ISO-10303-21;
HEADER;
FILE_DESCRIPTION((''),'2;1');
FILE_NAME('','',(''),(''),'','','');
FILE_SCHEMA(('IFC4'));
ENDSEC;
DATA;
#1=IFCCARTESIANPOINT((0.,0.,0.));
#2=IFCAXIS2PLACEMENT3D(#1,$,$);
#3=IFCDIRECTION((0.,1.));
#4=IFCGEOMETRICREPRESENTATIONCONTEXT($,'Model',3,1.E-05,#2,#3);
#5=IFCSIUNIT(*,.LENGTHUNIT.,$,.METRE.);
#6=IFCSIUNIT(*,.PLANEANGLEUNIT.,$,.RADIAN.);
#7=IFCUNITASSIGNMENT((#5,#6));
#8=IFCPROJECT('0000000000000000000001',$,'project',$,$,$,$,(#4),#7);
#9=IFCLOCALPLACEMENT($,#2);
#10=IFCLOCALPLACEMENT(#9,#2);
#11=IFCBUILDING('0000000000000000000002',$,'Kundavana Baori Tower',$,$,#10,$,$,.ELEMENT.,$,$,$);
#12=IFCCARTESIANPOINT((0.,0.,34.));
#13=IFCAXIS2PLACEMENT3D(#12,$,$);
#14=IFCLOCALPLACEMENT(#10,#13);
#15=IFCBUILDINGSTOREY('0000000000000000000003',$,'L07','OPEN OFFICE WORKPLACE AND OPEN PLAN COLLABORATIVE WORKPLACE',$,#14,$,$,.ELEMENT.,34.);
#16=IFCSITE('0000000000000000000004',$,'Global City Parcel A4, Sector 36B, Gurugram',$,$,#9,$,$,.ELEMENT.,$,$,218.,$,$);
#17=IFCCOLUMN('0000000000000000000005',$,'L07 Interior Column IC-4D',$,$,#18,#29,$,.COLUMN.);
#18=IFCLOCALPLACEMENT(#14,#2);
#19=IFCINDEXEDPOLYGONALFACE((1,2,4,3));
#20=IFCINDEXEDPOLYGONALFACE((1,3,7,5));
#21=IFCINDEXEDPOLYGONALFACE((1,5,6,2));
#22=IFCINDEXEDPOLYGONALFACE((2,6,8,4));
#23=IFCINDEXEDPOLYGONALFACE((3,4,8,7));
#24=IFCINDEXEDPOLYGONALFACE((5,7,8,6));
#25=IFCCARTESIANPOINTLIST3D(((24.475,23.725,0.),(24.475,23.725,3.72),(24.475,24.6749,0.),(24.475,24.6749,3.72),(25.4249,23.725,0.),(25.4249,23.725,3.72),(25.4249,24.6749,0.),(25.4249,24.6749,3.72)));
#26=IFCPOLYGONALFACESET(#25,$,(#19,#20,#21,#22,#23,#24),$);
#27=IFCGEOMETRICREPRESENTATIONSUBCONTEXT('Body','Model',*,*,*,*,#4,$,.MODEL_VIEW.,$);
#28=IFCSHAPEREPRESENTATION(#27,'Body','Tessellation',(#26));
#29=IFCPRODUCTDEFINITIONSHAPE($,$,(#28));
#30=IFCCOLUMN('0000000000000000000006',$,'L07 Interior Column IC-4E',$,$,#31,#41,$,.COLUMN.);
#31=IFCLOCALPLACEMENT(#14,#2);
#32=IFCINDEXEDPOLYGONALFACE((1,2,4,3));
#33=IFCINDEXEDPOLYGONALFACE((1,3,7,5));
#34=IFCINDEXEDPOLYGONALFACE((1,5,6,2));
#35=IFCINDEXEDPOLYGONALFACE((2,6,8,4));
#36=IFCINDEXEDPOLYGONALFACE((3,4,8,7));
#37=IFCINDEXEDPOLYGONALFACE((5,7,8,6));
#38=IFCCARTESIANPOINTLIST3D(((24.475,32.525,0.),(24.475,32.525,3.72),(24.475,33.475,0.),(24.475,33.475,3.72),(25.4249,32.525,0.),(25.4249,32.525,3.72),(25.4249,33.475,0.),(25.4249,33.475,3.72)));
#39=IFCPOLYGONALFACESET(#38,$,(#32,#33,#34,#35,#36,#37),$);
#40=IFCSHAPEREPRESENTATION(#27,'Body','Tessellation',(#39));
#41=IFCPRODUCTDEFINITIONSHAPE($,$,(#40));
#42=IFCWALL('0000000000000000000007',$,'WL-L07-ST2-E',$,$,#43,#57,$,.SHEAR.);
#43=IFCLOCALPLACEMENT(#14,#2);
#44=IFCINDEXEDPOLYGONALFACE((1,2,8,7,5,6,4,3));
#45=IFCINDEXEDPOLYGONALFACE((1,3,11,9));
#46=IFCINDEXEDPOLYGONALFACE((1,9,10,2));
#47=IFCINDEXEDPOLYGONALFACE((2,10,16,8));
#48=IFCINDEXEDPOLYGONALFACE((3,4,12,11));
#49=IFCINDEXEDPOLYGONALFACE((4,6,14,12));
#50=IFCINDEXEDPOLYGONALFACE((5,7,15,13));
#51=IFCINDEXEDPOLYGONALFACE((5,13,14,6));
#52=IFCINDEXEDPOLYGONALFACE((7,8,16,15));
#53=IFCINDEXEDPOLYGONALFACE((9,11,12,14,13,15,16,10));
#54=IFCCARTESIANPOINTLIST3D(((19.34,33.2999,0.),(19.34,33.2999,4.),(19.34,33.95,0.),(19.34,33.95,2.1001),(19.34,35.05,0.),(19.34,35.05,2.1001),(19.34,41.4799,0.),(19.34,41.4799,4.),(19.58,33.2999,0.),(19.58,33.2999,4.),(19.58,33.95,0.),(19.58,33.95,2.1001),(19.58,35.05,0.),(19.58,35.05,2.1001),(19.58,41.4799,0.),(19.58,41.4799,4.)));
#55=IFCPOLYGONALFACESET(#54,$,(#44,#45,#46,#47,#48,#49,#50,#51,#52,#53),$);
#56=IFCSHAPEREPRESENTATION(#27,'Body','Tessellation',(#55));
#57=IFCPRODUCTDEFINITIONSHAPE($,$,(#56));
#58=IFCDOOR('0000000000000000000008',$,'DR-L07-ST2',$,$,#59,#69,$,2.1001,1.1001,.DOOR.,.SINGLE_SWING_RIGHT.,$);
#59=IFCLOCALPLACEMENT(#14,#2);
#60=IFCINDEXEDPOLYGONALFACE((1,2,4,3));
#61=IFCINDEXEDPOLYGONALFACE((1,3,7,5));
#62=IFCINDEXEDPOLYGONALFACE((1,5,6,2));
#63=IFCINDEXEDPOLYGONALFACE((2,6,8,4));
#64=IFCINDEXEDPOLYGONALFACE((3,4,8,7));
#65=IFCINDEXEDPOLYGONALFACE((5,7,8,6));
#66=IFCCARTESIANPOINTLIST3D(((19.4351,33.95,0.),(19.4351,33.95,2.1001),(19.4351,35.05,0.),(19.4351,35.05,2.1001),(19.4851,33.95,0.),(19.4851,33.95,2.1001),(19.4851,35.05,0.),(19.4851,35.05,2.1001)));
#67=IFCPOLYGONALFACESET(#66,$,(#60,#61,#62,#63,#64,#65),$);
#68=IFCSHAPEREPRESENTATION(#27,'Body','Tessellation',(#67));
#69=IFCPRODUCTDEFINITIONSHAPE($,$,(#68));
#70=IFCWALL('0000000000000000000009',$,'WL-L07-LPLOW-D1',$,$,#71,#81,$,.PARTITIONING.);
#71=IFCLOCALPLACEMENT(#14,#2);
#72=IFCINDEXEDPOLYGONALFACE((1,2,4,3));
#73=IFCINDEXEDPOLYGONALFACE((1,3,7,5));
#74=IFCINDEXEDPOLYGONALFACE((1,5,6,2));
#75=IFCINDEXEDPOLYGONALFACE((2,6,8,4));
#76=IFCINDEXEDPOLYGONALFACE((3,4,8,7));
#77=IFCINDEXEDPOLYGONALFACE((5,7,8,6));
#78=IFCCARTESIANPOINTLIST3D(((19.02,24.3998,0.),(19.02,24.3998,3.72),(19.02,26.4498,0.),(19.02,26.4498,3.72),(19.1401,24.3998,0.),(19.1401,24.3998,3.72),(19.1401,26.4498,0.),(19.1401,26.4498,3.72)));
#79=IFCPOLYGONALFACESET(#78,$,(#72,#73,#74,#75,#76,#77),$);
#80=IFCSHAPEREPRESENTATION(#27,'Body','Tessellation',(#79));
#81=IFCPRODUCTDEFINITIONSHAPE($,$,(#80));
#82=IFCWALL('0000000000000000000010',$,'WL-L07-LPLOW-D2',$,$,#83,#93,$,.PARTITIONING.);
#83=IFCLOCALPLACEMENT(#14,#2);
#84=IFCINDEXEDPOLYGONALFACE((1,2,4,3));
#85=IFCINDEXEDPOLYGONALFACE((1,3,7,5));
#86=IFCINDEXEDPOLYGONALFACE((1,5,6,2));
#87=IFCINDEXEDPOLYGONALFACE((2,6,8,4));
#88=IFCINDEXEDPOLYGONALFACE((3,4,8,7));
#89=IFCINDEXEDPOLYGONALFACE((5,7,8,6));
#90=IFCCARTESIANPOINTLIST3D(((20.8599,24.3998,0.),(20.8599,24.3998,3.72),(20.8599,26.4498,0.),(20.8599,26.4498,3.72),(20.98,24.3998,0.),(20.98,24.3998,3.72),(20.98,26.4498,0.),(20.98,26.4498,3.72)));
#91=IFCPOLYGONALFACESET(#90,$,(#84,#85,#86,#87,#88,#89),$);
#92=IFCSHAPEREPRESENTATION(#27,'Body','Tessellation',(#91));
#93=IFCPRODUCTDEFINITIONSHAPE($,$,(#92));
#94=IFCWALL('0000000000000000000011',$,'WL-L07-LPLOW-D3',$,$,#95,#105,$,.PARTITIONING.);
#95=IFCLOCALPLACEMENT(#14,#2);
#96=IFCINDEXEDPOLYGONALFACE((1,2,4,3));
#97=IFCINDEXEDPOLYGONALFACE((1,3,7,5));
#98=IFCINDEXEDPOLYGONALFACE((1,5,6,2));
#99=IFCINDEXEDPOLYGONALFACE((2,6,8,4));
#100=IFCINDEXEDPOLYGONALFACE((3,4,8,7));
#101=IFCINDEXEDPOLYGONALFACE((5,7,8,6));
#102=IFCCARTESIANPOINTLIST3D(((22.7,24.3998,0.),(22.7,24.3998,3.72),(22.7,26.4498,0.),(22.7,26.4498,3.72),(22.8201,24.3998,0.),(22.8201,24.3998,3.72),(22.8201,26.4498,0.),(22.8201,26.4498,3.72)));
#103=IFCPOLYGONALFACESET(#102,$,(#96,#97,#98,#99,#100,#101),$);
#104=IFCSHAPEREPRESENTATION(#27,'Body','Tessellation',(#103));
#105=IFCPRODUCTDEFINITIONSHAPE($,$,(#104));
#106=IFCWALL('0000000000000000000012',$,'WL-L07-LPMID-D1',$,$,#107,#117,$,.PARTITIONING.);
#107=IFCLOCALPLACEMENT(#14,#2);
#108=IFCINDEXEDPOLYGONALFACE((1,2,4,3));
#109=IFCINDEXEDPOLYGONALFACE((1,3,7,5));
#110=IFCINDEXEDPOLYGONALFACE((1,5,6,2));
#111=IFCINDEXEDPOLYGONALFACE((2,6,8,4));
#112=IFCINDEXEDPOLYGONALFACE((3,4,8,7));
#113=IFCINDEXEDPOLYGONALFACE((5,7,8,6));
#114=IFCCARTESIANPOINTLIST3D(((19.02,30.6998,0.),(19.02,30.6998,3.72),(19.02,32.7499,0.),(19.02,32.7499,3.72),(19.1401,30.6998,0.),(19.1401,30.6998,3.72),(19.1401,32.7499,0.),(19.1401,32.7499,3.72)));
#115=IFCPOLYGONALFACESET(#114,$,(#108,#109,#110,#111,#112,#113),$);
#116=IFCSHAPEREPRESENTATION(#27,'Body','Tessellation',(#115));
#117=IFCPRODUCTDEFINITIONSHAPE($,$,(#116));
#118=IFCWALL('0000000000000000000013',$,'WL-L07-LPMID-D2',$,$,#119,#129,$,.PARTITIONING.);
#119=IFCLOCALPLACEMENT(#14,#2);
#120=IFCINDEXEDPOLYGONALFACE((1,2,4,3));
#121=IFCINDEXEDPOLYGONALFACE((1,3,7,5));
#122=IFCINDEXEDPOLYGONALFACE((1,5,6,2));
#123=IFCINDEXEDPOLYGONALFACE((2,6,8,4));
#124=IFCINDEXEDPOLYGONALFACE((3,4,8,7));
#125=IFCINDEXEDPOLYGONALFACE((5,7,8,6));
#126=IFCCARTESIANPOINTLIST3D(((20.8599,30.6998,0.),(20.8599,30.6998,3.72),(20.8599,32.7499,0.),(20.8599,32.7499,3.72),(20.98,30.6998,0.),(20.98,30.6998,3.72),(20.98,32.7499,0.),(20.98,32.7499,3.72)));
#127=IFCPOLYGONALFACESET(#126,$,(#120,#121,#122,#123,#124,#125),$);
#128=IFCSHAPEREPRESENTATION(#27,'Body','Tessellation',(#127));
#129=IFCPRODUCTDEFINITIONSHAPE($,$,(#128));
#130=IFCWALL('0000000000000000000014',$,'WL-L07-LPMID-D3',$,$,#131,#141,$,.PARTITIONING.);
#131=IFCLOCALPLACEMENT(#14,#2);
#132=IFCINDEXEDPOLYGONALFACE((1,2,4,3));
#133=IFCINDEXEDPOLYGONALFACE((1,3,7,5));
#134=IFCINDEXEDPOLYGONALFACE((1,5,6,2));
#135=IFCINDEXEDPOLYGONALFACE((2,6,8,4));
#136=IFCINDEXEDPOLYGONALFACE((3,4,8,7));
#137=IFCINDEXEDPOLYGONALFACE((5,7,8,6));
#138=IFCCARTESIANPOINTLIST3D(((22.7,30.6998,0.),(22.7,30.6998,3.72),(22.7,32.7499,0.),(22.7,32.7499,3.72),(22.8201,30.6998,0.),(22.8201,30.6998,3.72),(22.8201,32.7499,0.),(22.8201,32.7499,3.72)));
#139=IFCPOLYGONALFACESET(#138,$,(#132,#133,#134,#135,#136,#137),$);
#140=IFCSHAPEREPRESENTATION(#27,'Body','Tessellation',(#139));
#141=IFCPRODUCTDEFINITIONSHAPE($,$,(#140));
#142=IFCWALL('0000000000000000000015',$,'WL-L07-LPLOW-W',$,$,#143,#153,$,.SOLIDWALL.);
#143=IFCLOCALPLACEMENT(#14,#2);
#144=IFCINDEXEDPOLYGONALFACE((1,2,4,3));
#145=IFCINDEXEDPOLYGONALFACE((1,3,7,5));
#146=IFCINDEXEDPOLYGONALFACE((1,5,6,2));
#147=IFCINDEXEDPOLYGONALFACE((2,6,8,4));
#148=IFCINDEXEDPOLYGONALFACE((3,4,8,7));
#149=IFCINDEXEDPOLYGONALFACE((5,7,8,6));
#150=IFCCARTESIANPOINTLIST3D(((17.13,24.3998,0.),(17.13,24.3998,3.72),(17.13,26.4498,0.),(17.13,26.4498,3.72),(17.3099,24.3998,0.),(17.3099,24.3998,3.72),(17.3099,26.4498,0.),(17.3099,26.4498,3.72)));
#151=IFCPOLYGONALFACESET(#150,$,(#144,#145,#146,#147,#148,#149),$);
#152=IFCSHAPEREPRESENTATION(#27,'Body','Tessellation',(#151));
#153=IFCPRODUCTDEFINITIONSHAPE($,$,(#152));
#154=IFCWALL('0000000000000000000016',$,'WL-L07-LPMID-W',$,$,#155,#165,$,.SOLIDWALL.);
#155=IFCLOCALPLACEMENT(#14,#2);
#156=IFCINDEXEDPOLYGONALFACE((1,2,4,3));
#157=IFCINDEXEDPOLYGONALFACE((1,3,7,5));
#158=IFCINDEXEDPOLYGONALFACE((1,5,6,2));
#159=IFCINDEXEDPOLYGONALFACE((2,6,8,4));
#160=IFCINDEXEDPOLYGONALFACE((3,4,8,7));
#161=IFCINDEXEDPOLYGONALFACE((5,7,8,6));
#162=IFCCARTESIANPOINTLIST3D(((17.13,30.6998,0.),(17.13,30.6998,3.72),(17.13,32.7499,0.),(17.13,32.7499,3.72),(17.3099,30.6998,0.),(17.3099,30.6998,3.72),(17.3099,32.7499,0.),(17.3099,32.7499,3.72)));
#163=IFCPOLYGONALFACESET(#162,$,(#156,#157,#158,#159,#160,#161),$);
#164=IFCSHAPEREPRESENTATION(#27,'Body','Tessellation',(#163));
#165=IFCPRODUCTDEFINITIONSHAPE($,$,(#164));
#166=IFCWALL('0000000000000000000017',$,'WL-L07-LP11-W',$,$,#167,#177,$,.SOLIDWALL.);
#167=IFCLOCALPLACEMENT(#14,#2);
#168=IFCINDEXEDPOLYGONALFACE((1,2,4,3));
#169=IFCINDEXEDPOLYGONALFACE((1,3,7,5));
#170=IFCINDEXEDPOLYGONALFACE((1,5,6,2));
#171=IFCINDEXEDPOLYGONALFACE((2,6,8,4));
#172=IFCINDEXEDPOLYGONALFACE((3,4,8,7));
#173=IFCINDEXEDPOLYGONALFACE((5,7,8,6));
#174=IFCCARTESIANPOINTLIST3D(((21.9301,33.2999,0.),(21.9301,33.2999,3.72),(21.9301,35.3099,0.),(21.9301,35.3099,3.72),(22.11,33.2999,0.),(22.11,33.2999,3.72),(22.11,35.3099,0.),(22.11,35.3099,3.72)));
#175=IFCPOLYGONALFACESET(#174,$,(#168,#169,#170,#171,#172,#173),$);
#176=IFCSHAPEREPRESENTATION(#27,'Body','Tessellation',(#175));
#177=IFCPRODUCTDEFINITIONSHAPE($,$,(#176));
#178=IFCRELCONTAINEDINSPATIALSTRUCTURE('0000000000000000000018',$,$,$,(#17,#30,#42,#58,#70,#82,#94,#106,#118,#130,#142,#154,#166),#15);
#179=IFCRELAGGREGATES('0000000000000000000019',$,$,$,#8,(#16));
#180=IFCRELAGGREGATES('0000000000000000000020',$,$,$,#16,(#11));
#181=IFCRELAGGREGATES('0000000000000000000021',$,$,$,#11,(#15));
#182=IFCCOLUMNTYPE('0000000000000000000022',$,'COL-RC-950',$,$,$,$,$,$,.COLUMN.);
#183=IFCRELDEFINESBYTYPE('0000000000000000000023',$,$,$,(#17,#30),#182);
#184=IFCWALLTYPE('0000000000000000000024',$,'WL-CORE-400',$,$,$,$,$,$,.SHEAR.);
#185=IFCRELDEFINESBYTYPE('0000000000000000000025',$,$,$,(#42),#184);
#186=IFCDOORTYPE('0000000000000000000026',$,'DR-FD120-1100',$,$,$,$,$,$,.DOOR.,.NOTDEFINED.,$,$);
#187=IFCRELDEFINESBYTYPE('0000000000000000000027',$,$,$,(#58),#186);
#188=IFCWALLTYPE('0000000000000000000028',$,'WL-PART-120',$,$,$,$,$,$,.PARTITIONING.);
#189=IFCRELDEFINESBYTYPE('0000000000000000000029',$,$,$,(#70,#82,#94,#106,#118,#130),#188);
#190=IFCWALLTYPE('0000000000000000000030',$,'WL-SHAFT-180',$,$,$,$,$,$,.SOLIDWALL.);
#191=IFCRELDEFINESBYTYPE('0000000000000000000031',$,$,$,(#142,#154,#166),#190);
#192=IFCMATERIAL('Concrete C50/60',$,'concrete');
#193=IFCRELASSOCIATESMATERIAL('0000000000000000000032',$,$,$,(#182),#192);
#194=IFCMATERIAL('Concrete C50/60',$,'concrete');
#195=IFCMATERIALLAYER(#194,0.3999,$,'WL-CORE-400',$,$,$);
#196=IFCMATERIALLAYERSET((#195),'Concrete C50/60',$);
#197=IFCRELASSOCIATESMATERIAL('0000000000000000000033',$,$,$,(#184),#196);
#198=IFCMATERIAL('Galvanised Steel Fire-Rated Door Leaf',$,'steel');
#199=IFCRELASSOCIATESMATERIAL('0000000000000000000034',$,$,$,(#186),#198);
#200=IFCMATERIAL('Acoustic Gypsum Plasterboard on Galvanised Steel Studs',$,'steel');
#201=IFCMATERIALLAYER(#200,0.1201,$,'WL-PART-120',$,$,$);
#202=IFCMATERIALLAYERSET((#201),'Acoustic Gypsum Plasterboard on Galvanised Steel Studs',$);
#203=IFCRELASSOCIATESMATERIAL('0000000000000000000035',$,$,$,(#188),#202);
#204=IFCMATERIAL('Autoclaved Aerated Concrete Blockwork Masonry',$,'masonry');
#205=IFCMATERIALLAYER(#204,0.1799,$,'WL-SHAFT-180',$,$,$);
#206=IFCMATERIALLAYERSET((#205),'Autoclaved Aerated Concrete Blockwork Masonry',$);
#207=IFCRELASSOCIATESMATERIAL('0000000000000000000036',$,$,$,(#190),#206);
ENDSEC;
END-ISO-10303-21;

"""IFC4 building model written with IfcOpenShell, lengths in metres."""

from ifc_helpers import new_model, si_unit, direction, frame, frame_2d, origin, origin_2d, place, context, subcontext, project, spatial, rectangle, extrude, material, layer, layer_set, material_profile, profile_set, type_object, element, fill, save


model = new_model("IFC4")

# Units and contexts
model_context = context("Model", 3, precision=1e-05, world=origin(), true_north=direction((0.0, 1.0)))
body_context = subcontext(model_context, "Body", "Model", "MODEL_VIEW")
ifc_project = project(units=[si_unit("LENGTHUNIT", "METRE"), si_unit("PLANEANGLEUNIT", "RADIAN")], contexts=[model_context])

# Site, building, storey
site_placement = place(None, origin())
site = spatial("IfcSite", under=ifc_project, at=site_placement, Name="Global City Parcel A4, Sector 36B, Gurugram", CompositionType="ELEMENT", RefElevation=218.0)
building_placement = place(site_placement, origin())
building = spatial("IfcBuilding", under=site, at=building_placement, Name="Kundavana Baori Tower", CompositionType="ELEMENT")
storey_placement = place(building_placement, frame((0.0, 0.0, 34.0)))
storey = spatial("IfcBuildingStorey", under=building, at=storey_placement, Name="L07", Description="OPEN OFFICE WORKPLACE AND OPEN PLAN COLLABORATIVE WORKPLACE", CompositionType="ELEMENT", Elevation=34.0)

# Columns
ifc_material_1 = material(Name="Concrete C50/60", Category="concrete")
ifc_material_profile = material_profile(ifc_material_1, rectangle(XDim=0.95, YDim=0.95, at=origin_2d()), Name="RC 950x950")
ifc_profile_set = profile_set([ifc_material_profile], Name="Concrete C50/60")
column_type = type_object("IfcColumnType", Name="COL-RC-950", PredefinedType="COLUMN", material=ifc_profile_set)
for number, where, z_axis, x_axis, name in (
    (1, (24.95, 24.2, 0.0), (0.0, 0.0, 1.0), (1.0, 0.0, 0.0), "L07 Interior Column IC-4D"),
    (2, (24.95, 33.0, 0.0), (0.0, 0.0, 1.0), (1.0, 0.0, 0.0), "L07 Interior Column IC-4E"),
):
    element("IfcColumn", number, at=place(storey_placement, frame(where, z_axis=z_axis, x_axis=x_axis)), inside=storey, type_object=column_type, Name=name, PredefinedType="COLUMN", context=body_context, shape_type="SweptSolid", body=[
        extrude(rectangle(XDim=0.95, YDim=0.95, at=origin_2d()), origin(), (0.0, 0.0, 1.0), 3.72),
    ])

# Wall, opening, door
ifc_material_2 = material(Name="Concrete C50/60", Category="concrete")
ifc_layer_1 = layer(ifc_material_2, 0.3999, Name="WL-CORE-400")
ifc_layer_set_1 = layer_set([ifc_layer_1], Name="Concrete C50/60")
wall_type_1 = type_object("IfcWallType", Name="WL-CORE-400", PredefinedType="SHEAR", material=ifc_layer_set_1)
wall_1_placement = place(storey_placement, frame((19.46, 33.3, 0.0), z_axis=(0.0, 0.0, 1.0), x_axis=(0.0, 1.0, 0.0)))
wall_1 = element("IfcWall", 3, at=wall_1_placement, inside=storey, type_object=wall_type_1, Name="WL-L07-ST2-E", PredefinedType="SHEAR", context=body_context, shape_type="SweptSolid", body=[
    extrude(rectangle(XDim=8.1799, YDim=0.24, at=frame_2d((4.0898, 0.0))), origin(), (0.0, 0.0, 1.0), 4.0),
])
opening_placement = place(wall_1_placement, frame((0.6499, 0.0, 0.0)))
opening = element("IfcOpeningElement", 4, at=opening_placement, cuts=wall_1, PredefinedType="OPENING", context=body_context, shape_type="SweptSolid", body=[
    extrude(rectangle(XDim=1.1001, YDim=2.1001, at=frame_2d((0.55, 1.05))), frame((0.0, 0.1299, 0.0), z_axis=(0.0, -1.0, 0.0), x_axis=(1.0, 0.0, 0.0)), (0.0, 0.0, 1.0), 0.26),
])
ifc_material_3 = material(Name="Galvanised Steel Fire-Rated Door Leaf", Category="steel")
door_type = type_object("IfcDoorType", Name="DR-FD120-1100", OperationType="NOTDEFINED", PredefinedType="DOOR", material=ifc_material_3)
door_placement = place(opening_placement, origin())
door = element("IfcDoor", 5, at=door_placement, inside=storey, type_object=door_type, Name="DR-L07-ST2", OperationType="SINGLE_SWING_RIGHT", OverallHeight=2.1001, OverallWidth=1.1001, PredefinedType="DOOR", context=body_context, shape_type="SweptSolid", body=[
    extrude(rectangle(XDim=1.1001, YDim=2.1001, at=frame_2d((0.55, 1.05))), frame((0.0, 0.0249, 0.0), z_axis=(0.0, -1.0, 0.0), x_axis=(1.0, 0.0, 0.0)), (0.0, 0.0, 1.0), 0.05),
])
fill(opening, door)

# Walls
ifc_material_4 = material(Name="Acoustic Gypsum Plasterboard on Galvanised Steel Studs", Category="steel")
ifc_layer_2 = layer(ifc_material_4, 0.1201, Name="WL-PART-120")
ifc_layer_set_2 = layer_set([ifc_layer_2], Name="Acoustic Gypsum Plasterboard on Galvanised Steel Studs")
wall_type_2 = type_object("IfcWallType", Name="WL-PART-120", PredefinedType="PARTITIONING", material=ifc_layer_set_2)
for number, where, z_axis, x_axis, name in (
    (6, (19.0801, 24.3999, 0.0), (0.0, 0.0, 1.0), (0.0, 1.0, 0.0), "WL-L07-LPLOW-D1"),
    (7, (20.9199, 24.3999, 0.0), (0.0, 0.0, 1.0), (0.0, 1.0, 0.0), "WL-L07-LPLOW-D2"),
    (8, (22.76, 24.3999, 0.0), (0.0, 0.0, 1.0), (0.0, 1.0, 0.0), "WL-L07-LPLOW-D3"),
    (9, (19.0801, 30.7, 0.0), (0.0, 0.0, 1.0), (0.0, 1.0, 0.0), "WL-L07-LPMID-D1"),
    (10, (20.9199, 30.7, 0.0), (0.0, 0.0, 1.0), (0.0, 1.0, 0.0), "WL-L07-LPMID-D2"),
    (11, (22.76, 30.7, 0.0), (0.0, 0.0, 1.0), (0.0, 1.0, 0.0), "WL-L07-LPMID-D3"),
):
    element("IfcWall", number, at=place(storey_placement, frame(where, z_axis=z_axis, x_axis=x_axis)), inside=storey, type_object=wall_type_2, Name=name, PredefinedType="PARTITIONING", context=body_context, shape_type="SweptSolid", body=[
        extrude(rectangle(XDim=2.05, YDim=0.1201, at=frame_2d((1.0249, 0.0))), origin(), (0.0, 0.0, 1.0), 3.72),
    ])
ifc_material_5 = material(Name="Autoclaved Aerated Concrete Blockwork Masonry", Category="masonry")
ifc_layer_3 = layer(ifc_material_5, 0.1799, Name="WL-SHAFT-180")
ifc_layer_set_3 = layer_set([ifc_layer_3], Name="Autoclaved Aerated Concrete Blockwork Masonry")
wall_type_3 = type_object("IfcWallType", Name="WL-SHAFT-180", PredefinedType="SOLIDWALL", material=ifc_layer_set_3)
for number, where, z_axis, x_axis, name in (
    (12, (17.22, 24.3999, 0.0), (0.0, 0.0, 1.0), (0.0, 1.0, 0.0), "WL-L07-LPLOW-W"),
    (13, (17.22, 30.7, 0.0), (0.0, 0.0, 1.0), (0.0, 1.0, 0.0), "WL-L07-LPMID-W"),
):
    element("IfcWall", number, at=place(storey_placement, frame(where, z_axis=z_axis, x_axis=x_axis)), inside=storey, type_object=wall_type_3, Name=name, PredefinedType="SOLIDWALL", context=body_context, shape_type="SweptSolid", body=[
        extrude(rectangle(XDim=2.05, YDim=0.1799, at=frame_2d((1.0249, 0.0))), origin(), (0.0, 0.0, 1.0), 3.72),
    ])
wall_2_placement = place(storey_placement, frame((22.02, 33.3, 0.0), z_axis=(0.0, 0.0, 1.0), x_axis=(0.0, 1.0, 0.0)))
element("IfcWall", 14, at=wall_2_placement, inside=storey, type_object=wall_type_3, Name="WL-L07-LP11-W", PredefinedType="SOLIDWALL", context=body_context, shape_type="SweptSolid", body=[
    extrude(rectangle(XDim=2.01, YDim=0.1799, at=frame_2d((1.0049, 0.0))), origin(), (0.0, 0.0, 1.0), 3.72),
])

save(model, "model.ifc")
